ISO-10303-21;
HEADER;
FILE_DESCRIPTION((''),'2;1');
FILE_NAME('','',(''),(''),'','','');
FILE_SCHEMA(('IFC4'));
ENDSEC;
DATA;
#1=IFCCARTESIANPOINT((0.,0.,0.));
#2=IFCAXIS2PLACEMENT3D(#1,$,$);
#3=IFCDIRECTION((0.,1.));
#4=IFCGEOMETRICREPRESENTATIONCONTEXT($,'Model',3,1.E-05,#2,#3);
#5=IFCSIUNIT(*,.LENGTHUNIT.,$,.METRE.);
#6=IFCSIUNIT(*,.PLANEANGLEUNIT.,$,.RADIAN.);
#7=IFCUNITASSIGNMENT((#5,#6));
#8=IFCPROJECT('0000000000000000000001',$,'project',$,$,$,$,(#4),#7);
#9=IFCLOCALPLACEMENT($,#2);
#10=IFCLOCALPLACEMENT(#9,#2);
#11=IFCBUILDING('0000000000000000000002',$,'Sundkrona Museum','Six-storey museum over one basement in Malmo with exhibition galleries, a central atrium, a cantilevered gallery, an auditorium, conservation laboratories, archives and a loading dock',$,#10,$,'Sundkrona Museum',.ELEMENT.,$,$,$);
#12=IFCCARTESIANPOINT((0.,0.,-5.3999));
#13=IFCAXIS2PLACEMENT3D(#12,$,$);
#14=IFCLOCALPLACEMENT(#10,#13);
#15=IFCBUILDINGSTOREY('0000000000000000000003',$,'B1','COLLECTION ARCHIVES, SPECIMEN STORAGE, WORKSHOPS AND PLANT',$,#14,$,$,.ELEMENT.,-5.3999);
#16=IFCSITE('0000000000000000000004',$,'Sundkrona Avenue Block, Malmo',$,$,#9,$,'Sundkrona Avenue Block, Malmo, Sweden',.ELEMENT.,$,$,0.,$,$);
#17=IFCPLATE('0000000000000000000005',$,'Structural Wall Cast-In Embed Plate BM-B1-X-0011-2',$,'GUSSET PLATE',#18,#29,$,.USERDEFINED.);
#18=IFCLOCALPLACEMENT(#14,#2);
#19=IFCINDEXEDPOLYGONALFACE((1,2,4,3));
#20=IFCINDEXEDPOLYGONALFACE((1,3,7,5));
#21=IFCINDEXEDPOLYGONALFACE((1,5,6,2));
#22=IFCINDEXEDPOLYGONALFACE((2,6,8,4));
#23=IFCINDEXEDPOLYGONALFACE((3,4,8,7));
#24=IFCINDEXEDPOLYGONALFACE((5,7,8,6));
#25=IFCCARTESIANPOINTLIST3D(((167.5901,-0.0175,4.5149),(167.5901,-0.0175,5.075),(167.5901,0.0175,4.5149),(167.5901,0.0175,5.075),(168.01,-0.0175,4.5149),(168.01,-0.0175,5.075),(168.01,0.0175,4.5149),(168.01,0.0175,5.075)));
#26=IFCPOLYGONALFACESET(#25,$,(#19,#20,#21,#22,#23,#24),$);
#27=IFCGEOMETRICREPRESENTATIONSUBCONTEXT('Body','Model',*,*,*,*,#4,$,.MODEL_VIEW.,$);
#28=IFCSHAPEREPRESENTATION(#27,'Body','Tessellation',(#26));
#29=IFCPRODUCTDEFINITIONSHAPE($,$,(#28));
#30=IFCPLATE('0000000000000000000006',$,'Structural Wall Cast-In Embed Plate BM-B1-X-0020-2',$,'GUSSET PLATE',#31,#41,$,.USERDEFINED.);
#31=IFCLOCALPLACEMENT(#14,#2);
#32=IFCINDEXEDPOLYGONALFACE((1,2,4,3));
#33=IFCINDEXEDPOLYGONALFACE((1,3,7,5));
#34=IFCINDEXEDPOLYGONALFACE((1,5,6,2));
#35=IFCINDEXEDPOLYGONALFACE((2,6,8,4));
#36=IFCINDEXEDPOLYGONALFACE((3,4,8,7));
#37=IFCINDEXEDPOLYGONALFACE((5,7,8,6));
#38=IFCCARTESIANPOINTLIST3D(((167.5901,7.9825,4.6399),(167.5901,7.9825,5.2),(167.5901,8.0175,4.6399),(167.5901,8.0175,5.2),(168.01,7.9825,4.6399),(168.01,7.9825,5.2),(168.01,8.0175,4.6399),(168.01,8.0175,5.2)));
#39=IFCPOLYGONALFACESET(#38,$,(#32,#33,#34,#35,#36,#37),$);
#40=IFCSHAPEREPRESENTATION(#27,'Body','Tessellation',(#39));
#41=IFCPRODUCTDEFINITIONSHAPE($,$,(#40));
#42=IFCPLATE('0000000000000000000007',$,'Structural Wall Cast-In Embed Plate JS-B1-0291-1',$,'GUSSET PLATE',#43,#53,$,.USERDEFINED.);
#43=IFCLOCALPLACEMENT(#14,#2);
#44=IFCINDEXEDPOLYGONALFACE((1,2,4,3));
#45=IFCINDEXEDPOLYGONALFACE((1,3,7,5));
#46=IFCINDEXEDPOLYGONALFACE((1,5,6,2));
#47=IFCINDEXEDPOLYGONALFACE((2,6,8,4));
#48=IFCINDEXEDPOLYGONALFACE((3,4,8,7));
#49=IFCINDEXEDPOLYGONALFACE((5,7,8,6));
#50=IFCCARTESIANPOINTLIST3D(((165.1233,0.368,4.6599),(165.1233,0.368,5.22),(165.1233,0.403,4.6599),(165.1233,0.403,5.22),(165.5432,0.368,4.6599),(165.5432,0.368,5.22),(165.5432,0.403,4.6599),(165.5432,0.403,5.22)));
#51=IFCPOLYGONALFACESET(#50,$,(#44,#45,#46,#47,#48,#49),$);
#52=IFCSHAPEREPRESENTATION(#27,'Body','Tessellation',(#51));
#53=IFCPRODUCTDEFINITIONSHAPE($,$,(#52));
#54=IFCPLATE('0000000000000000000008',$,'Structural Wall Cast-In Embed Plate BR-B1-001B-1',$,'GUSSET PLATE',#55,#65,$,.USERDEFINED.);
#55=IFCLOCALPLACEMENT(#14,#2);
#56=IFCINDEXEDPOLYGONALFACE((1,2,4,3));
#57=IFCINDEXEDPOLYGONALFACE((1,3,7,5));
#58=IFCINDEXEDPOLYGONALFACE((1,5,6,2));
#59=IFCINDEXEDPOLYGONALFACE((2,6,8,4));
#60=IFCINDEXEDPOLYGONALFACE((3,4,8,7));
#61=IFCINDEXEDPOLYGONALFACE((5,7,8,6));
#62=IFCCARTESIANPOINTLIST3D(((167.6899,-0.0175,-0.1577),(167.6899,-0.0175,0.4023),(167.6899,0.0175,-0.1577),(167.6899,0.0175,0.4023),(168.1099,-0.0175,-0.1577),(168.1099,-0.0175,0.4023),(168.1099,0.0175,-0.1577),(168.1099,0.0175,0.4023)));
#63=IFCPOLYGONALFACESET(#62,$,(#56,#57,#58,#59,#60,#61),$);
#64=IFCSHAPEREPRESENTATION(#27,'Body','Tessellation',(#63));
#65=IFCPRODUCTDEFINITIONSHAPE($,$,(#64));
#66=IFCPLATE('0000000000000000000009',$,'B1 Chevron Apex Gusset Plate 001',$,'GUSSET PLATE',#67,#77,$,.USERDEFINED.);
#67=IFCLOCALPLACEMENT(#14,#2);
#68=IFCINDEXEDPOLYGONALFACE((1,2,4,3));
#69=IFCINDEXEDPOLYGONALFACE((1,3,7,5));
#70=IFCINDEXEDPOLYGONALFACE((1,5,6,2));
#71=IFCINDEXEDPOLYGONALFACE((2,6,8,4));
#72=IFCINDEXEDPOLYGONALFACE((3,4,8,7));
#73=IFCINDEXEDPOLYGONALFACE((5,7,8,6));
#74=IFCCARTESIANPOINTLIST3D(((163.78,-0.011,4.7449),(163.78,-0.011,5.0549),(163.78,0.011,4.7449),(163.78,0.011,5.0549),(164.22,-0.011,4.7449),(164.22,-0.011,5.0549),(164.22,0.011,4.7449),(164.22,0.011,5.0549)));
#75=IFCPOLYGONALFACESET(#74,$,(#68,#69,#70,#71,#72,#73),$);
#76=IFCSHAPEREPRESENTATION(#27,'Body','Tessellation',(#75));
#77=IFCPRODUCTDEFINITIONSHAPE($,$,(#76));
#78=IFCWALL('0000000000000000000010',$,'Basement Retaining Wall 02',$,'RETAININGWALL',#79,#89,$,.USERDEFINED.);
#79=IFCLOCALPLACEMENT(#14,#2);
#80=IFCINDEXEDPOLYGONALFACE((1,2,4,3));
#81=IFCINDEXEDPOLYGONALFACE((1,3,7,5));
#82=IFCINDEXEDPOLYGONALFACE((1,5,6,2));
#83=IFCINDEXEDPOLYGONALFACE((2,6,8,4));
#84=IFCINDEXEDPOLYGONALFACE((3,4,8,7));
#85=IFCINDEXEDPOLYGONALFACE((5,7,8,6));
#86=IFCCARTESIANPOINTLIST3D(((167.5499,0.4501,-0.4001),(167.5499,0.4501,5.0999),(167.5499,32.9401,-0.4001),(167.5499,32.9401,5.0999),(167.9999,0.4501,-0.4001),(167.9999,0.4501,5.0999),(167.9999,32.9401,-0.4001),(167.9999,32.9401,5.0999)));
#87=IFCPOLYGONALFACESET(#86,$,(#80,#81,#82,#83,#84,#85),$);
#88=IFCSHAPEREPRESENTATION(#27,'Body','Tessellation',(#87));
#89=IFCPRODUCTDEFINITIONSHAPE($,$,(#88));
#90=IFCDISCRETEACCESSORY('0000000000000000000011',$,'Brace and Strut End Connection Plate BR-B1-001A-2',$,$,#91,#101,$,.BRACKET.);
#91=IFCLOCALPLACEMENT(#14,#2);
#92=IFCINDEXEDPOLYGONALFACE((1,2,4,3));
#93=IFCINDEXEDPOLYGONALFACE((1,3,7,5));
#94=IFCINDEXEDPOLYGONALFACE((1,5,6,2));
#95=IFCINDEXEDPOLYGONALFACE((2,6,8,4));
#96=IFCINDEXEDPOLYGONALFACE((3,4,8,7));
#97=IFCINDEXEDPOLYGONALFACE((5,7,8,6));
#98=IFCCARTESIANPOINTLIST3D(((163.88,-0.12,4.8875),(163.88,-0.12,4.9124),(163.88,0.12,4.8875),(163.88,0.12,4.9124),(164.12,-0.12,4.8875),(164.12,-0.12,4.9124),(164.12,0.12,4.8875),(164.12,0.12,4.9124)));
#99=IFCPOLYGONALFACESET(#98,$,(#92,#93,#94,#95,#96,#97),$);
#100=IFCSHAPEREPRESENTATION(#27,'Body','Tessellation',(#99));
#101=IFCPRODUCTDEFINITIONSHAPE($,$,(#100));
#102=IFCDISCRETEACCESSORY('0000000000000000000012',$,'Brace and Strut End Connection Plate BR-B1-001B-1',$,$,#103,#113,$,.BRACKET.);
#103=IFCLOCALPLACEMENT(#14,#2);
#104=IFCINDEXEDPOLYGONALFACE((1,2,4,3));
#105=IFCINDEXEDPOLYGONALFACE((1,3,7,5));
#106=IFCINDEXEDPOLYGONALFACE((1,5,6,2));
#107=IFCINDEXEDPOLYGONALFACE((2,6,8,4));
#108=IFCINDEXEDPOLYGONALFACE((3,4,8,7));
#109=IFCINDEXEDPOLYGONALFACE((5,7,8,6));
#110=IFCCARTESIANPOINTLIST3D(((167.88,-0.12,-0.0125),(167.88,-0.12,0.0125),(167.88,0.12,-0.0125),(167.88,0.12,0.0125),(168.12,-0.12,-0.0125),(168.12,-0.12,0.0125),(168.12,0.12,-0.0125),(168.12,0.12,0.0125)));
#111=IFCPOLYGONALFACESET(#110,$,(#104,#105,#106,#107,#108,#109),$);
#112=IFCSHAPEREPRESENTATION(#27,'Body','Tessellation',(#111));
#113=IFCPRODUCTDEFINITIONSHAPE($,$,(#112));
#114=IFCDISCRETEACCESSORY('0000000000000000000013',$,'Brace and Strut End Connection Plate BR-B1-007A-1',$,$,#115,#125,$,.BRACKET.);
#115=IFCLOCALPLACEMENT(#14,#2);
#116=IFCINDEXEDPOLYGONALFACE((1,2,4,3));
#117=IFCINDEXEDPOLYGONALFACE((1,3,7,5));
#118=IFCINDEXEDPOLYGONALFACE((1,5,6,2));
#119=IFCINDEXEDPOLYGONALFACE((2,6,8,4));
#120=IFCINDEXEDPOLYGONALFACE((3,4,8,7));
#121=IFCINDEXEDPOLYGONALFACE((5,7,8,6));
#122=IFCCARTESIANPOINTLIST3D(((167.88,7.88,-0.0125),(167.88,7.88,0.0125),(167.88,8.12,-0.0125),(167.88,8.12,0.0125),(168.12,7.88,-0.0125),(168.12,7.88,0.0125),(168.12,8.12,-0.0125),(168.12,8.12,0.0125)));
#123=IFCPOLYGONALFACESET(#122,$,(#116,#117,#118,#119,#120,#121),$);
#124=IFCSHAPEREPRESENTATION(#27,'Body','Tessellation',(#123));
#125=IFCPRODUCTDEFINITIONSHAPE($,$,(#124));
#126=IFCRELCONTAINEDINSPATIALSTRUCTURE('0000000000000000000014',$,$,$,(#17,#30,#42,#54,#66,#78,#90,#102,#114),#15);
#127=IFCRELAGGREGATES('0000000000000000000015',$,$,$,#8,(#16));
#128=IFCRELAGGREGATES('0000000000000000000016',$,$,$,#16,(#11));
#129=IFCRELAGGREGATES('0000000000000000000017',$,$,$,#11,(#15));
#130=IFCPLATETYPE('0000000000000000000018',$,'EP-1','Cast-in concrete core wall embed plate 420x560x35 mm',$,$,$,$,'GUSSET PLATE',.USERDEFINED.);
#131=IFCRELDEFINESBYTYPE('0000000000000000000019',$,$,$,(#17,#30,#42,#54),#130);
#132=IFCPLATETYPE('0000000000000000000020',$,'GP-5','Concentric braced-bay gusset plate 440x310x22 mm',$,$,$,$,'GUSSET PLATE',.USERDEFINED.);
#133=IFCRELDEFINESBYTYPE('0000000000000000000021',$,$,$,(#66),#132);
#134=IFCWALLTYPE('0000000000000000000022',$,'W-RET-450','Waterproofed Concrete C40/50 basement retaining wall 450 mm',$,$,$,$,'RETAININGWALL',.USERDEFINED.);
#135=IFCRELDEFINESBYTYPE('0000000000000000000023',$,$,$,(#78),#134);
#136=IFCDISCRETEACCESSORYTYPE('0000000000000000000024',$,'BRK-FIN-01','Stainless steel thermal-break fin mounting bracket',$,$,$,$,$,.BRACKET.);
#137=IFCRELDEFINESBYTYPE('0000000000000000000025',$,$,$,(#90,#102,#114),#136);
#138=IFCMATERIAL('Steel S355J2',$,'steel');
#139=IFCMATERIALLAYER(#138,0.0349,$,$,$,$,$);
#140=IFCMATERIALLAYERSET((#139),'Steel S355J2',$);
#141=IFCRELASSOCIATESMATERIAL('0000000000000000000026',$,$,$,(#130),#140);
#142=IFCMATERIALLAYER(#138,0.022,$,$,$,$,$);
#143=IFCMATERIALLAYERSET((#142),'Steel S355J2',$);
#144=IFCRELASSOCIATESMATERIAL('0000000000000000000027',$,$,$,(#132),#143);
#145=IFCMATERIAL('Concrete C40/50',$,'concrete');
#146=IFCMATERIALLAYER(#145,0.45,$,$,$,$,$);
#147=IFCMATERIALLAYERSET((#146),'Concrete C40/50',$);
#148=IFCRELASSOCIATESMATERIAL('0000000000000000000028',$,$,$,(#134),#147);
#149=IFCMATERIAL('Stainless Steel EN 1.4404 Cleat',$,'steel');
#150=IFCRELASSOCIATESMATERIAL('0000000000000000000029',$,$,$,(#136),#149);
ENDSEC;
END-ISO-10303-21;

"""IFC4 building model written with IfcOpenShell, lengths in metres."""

from ifc_helpers import new_model, si_unit, direction, frame, frame_2d, origin, origin_2d, place, context, subcontext, project, spatial, rectangle, extrude, material, layer, layer_set, type_object, element, save


model = new_model("IFC4")

# Units and contexts
model_context = context("Model", 3, precision=1e-05, world=origin(), true_north=direction((0.0, 1.0)))
body_context = subcontext(model_context, "Body", "Model", "MODEL_VIEW")
ifc_project = project(units=[si_unit("LENGTHUNIT", "METRE"), si_unit("PLANEANGLEUNIT", "RADIAN")], contexts=[model_context])

# Site, building, storey
site_placement = place(None, origin())
site = spatial("IfcSite", under=ifc_project, at=site_placement, Name="Sundkrona Avenue Block, Malmo", LongName="Sundkrona Avenue Block, Malmo, Sweden", CompositionType="ELEMENT", RefElevation=0.0)
building_placement = place(site_placement, origin())
building = spatial("IfcBuilding", under=site, at=building_placement, Name="Sundkrona Museum", Description="Six-storey museum over one basement in Malmo with exhibition galleries, a central atrium, a cantilevered gallery, an auditorium, conservation laboratories, archives and a loading dock", LongName="Sundkrona Museum", CompositionType="ELEMENT")
storey_placement = place(building_placement, frame((0.0, 0.0, -5.3999)))
storey = spatial("IfcBuildingStorey", under=building, at=storey_placement, Name="B1", Description="COLLECTION ARCHIVES, SPECIMEN STORAGE, WORKSHOPS AND PLANT", CompositionType="ELEMENT", Elevation=-5.3999)

# Shared definitions
ifc_material_1 = material(Name="Concrete C40/50", Category="concrete")

# Shared definitions
ifc_material_2 = material(Name="Steel S355J2", Category="steel")

# Plates
ifc_layer_1 = layer(ifc_material_2, 0.0349)
ifc_layer_set_1 = layer_set([ifc_layer_1], Name="Steel S355J2")
plate_type_1 = type_object("IfcPlateType", Name="EP-1", Description="Cast-in concrete core wall embed plate 420x560x35 mm", ElementType="GUSSET PLATE", PredefinedType="USERDEFINED", material=ifc_layer_set_1)
for number, where, z_axis, x_axis, name in (
    (1, (167.8, 0.0, 4.5149), (0.0, 0.0, 1.0), (1.0, 0.0, 0.0), "Structural Wall Cast-In Embed Plate BM-B1-X-0011-2"),
    (2, (167.8, 8.0, 4.6399), (0.0, 0.0, 1.0), (1.0, 0.0, 0.0), "Structural Wall Cast-In Embed Plate BM-B1-X-0020-2"),
    (3, (165.3333, 0.3855, 4.6599), (0.0, 0.0, 1.0), (1.0, 0.0, 0.0), "Structural Wall Cast-In Embed Plate JS-B1-0291-1"),
    (4, (167.8999, 0.0, -0.1577), (0.0, 0.0, 1.0), (1.0, 0.0, 0.0), "Structural Wall Cast-In Embed Plate BR-B1-001B-1"),
):
    element("IfcPlate", number, at=place(storey_placement, frame(where, z_axis=z_axis, x_axis=x_axis)), inside=storey, type_object=plate_type_1, Name=name, ObjectType="GUSSET PLATE", PredefinedType="USERDEFINED", context=body_context, shape_type="SweptSolid", body=[
        extrude(rectangle(XDim=0.4199, YDim=0.0349, at=origin_2d()), origin(), (0.0, 0.0, 1.0), 0.5601),
    ])
ifc_layer_2 = layer(ifc_material_2, 0.022)
ifc_layer_set_2 = layer_set([ifc_layer_2], Name="Steel S355J2")
plate_type_2 = type_object("IfcPlateType", Name="GP-5", Description="Concentric braced-bay gusset plate 440x310x22 mm", ElementType="GUSSET PLATE", PredefinedType="USERDEFINED", material=ifc_layer_set_2)
plate_placement = place(storey_placement, frame((164.0, 0.0, 4.7449), z_axis=(0.0, 0.0, 1.0), x_axis=(1.0, 0.0, 0.0)))
element("IfcPlate", 5, at=plate_placement, inside=storey, type_object=plate_type_2, Name="B1 Chevron Apex Gusset Plate 001", ObjectType="GUSSET PLATE", PredefinedType="USERDEFINED", context=body_context, shape_type="SweptSolid", body=[
    extrude(rectangle(XDim=0.4399, YDim=0.022, at=origin_2d()), origin(), (0.0, 0.0, 1.0), 0.3101),
])

# Wall
ifc_layer_3 = layer(ifc_material_1, 0.45)
ifc_layer_set_3 = layer_set([ifc_layer_3], Name="Concrete C40/50")
wall_type = type_object("IfcWallType", Name="W-RET-450", Description="Waterproofed Concrete C40/50 basement retaining wall 450 mm", ElementType="RETAININGWALL", PredefinedType="USERDEFINED", material=ifc_layer_set_3)
wall_placement = place(storey_placement, frame((167.7749, 0.45, -0.4001), z_axis=(0.0, 0.0, 1.0), x_axis=(0.0, 1.0, 0.0)))
element("IfcWall", 6, at=wall_placement, inside=storey, type_object=wall_type, Name="Basement Retaining Wall 02", ObjectType="RETAININGWALL", PredefinedType="USERDEFINED", context=body_context, shape_type="SweptSolid", body=[
    extrude(rectangle(XDim=32.49, YDim=0.45, at=frame_2d((16.2451, 0.0))), origin(), (0.0, 0.0, 1.0), 5.5),
])

# Discrete accessories
ifc_material_3 = material(Name="Stainless Steel EN 1.4404 Cleat", Category="steel")
discrete_accessory_type = type_object("IfcDiscreteAccessoryType", Name="BRK-FIN-01", Description="Stainless steel thermal-break fin mounting bracket", PredefinedType="BRACKET", material=ifc_material_3)
for number, where, z_axis, x_axis, name in (
    (7, (164.0, 0.0, 4.8875), (0.0, 0.0, 1.0), (1.0, 0.0, 0.0), "Brace and Strut End Connection Plate BR-B1-001A-2"),
    (8, (168.0, 0.0, -0.0125), (0.0, 0.0, 1.0), (1.0, 0.0, 0.0), "Brace and Strut End Connection Plate BR-B1-001B-1"),
    (9, (168.0, 8.0, -0.0125), (0.0, 0.0, 1.0), (1.0, 0.0, 0.0), "Brace and Strut End Connection Plate BR-B1-007A-1"),
):
    element("IfcDiscreteAccessory", number, at=place(storey_placement, frame(where, z_axis=z_axis, x_axis=x_axis)), inside=storey, type_object=discrete_accessory_type, Name=name, PredefinedType="BRACKET", context=body_context, shape_type="SweptSolid", body=[
        extrude(rectangle(XDim=0.24, YDim=0.24, at=origin_2d()), origin(), (0.0, 0.0, 1.0), 0.0249),
    ])

save(model, "model.ifc")
